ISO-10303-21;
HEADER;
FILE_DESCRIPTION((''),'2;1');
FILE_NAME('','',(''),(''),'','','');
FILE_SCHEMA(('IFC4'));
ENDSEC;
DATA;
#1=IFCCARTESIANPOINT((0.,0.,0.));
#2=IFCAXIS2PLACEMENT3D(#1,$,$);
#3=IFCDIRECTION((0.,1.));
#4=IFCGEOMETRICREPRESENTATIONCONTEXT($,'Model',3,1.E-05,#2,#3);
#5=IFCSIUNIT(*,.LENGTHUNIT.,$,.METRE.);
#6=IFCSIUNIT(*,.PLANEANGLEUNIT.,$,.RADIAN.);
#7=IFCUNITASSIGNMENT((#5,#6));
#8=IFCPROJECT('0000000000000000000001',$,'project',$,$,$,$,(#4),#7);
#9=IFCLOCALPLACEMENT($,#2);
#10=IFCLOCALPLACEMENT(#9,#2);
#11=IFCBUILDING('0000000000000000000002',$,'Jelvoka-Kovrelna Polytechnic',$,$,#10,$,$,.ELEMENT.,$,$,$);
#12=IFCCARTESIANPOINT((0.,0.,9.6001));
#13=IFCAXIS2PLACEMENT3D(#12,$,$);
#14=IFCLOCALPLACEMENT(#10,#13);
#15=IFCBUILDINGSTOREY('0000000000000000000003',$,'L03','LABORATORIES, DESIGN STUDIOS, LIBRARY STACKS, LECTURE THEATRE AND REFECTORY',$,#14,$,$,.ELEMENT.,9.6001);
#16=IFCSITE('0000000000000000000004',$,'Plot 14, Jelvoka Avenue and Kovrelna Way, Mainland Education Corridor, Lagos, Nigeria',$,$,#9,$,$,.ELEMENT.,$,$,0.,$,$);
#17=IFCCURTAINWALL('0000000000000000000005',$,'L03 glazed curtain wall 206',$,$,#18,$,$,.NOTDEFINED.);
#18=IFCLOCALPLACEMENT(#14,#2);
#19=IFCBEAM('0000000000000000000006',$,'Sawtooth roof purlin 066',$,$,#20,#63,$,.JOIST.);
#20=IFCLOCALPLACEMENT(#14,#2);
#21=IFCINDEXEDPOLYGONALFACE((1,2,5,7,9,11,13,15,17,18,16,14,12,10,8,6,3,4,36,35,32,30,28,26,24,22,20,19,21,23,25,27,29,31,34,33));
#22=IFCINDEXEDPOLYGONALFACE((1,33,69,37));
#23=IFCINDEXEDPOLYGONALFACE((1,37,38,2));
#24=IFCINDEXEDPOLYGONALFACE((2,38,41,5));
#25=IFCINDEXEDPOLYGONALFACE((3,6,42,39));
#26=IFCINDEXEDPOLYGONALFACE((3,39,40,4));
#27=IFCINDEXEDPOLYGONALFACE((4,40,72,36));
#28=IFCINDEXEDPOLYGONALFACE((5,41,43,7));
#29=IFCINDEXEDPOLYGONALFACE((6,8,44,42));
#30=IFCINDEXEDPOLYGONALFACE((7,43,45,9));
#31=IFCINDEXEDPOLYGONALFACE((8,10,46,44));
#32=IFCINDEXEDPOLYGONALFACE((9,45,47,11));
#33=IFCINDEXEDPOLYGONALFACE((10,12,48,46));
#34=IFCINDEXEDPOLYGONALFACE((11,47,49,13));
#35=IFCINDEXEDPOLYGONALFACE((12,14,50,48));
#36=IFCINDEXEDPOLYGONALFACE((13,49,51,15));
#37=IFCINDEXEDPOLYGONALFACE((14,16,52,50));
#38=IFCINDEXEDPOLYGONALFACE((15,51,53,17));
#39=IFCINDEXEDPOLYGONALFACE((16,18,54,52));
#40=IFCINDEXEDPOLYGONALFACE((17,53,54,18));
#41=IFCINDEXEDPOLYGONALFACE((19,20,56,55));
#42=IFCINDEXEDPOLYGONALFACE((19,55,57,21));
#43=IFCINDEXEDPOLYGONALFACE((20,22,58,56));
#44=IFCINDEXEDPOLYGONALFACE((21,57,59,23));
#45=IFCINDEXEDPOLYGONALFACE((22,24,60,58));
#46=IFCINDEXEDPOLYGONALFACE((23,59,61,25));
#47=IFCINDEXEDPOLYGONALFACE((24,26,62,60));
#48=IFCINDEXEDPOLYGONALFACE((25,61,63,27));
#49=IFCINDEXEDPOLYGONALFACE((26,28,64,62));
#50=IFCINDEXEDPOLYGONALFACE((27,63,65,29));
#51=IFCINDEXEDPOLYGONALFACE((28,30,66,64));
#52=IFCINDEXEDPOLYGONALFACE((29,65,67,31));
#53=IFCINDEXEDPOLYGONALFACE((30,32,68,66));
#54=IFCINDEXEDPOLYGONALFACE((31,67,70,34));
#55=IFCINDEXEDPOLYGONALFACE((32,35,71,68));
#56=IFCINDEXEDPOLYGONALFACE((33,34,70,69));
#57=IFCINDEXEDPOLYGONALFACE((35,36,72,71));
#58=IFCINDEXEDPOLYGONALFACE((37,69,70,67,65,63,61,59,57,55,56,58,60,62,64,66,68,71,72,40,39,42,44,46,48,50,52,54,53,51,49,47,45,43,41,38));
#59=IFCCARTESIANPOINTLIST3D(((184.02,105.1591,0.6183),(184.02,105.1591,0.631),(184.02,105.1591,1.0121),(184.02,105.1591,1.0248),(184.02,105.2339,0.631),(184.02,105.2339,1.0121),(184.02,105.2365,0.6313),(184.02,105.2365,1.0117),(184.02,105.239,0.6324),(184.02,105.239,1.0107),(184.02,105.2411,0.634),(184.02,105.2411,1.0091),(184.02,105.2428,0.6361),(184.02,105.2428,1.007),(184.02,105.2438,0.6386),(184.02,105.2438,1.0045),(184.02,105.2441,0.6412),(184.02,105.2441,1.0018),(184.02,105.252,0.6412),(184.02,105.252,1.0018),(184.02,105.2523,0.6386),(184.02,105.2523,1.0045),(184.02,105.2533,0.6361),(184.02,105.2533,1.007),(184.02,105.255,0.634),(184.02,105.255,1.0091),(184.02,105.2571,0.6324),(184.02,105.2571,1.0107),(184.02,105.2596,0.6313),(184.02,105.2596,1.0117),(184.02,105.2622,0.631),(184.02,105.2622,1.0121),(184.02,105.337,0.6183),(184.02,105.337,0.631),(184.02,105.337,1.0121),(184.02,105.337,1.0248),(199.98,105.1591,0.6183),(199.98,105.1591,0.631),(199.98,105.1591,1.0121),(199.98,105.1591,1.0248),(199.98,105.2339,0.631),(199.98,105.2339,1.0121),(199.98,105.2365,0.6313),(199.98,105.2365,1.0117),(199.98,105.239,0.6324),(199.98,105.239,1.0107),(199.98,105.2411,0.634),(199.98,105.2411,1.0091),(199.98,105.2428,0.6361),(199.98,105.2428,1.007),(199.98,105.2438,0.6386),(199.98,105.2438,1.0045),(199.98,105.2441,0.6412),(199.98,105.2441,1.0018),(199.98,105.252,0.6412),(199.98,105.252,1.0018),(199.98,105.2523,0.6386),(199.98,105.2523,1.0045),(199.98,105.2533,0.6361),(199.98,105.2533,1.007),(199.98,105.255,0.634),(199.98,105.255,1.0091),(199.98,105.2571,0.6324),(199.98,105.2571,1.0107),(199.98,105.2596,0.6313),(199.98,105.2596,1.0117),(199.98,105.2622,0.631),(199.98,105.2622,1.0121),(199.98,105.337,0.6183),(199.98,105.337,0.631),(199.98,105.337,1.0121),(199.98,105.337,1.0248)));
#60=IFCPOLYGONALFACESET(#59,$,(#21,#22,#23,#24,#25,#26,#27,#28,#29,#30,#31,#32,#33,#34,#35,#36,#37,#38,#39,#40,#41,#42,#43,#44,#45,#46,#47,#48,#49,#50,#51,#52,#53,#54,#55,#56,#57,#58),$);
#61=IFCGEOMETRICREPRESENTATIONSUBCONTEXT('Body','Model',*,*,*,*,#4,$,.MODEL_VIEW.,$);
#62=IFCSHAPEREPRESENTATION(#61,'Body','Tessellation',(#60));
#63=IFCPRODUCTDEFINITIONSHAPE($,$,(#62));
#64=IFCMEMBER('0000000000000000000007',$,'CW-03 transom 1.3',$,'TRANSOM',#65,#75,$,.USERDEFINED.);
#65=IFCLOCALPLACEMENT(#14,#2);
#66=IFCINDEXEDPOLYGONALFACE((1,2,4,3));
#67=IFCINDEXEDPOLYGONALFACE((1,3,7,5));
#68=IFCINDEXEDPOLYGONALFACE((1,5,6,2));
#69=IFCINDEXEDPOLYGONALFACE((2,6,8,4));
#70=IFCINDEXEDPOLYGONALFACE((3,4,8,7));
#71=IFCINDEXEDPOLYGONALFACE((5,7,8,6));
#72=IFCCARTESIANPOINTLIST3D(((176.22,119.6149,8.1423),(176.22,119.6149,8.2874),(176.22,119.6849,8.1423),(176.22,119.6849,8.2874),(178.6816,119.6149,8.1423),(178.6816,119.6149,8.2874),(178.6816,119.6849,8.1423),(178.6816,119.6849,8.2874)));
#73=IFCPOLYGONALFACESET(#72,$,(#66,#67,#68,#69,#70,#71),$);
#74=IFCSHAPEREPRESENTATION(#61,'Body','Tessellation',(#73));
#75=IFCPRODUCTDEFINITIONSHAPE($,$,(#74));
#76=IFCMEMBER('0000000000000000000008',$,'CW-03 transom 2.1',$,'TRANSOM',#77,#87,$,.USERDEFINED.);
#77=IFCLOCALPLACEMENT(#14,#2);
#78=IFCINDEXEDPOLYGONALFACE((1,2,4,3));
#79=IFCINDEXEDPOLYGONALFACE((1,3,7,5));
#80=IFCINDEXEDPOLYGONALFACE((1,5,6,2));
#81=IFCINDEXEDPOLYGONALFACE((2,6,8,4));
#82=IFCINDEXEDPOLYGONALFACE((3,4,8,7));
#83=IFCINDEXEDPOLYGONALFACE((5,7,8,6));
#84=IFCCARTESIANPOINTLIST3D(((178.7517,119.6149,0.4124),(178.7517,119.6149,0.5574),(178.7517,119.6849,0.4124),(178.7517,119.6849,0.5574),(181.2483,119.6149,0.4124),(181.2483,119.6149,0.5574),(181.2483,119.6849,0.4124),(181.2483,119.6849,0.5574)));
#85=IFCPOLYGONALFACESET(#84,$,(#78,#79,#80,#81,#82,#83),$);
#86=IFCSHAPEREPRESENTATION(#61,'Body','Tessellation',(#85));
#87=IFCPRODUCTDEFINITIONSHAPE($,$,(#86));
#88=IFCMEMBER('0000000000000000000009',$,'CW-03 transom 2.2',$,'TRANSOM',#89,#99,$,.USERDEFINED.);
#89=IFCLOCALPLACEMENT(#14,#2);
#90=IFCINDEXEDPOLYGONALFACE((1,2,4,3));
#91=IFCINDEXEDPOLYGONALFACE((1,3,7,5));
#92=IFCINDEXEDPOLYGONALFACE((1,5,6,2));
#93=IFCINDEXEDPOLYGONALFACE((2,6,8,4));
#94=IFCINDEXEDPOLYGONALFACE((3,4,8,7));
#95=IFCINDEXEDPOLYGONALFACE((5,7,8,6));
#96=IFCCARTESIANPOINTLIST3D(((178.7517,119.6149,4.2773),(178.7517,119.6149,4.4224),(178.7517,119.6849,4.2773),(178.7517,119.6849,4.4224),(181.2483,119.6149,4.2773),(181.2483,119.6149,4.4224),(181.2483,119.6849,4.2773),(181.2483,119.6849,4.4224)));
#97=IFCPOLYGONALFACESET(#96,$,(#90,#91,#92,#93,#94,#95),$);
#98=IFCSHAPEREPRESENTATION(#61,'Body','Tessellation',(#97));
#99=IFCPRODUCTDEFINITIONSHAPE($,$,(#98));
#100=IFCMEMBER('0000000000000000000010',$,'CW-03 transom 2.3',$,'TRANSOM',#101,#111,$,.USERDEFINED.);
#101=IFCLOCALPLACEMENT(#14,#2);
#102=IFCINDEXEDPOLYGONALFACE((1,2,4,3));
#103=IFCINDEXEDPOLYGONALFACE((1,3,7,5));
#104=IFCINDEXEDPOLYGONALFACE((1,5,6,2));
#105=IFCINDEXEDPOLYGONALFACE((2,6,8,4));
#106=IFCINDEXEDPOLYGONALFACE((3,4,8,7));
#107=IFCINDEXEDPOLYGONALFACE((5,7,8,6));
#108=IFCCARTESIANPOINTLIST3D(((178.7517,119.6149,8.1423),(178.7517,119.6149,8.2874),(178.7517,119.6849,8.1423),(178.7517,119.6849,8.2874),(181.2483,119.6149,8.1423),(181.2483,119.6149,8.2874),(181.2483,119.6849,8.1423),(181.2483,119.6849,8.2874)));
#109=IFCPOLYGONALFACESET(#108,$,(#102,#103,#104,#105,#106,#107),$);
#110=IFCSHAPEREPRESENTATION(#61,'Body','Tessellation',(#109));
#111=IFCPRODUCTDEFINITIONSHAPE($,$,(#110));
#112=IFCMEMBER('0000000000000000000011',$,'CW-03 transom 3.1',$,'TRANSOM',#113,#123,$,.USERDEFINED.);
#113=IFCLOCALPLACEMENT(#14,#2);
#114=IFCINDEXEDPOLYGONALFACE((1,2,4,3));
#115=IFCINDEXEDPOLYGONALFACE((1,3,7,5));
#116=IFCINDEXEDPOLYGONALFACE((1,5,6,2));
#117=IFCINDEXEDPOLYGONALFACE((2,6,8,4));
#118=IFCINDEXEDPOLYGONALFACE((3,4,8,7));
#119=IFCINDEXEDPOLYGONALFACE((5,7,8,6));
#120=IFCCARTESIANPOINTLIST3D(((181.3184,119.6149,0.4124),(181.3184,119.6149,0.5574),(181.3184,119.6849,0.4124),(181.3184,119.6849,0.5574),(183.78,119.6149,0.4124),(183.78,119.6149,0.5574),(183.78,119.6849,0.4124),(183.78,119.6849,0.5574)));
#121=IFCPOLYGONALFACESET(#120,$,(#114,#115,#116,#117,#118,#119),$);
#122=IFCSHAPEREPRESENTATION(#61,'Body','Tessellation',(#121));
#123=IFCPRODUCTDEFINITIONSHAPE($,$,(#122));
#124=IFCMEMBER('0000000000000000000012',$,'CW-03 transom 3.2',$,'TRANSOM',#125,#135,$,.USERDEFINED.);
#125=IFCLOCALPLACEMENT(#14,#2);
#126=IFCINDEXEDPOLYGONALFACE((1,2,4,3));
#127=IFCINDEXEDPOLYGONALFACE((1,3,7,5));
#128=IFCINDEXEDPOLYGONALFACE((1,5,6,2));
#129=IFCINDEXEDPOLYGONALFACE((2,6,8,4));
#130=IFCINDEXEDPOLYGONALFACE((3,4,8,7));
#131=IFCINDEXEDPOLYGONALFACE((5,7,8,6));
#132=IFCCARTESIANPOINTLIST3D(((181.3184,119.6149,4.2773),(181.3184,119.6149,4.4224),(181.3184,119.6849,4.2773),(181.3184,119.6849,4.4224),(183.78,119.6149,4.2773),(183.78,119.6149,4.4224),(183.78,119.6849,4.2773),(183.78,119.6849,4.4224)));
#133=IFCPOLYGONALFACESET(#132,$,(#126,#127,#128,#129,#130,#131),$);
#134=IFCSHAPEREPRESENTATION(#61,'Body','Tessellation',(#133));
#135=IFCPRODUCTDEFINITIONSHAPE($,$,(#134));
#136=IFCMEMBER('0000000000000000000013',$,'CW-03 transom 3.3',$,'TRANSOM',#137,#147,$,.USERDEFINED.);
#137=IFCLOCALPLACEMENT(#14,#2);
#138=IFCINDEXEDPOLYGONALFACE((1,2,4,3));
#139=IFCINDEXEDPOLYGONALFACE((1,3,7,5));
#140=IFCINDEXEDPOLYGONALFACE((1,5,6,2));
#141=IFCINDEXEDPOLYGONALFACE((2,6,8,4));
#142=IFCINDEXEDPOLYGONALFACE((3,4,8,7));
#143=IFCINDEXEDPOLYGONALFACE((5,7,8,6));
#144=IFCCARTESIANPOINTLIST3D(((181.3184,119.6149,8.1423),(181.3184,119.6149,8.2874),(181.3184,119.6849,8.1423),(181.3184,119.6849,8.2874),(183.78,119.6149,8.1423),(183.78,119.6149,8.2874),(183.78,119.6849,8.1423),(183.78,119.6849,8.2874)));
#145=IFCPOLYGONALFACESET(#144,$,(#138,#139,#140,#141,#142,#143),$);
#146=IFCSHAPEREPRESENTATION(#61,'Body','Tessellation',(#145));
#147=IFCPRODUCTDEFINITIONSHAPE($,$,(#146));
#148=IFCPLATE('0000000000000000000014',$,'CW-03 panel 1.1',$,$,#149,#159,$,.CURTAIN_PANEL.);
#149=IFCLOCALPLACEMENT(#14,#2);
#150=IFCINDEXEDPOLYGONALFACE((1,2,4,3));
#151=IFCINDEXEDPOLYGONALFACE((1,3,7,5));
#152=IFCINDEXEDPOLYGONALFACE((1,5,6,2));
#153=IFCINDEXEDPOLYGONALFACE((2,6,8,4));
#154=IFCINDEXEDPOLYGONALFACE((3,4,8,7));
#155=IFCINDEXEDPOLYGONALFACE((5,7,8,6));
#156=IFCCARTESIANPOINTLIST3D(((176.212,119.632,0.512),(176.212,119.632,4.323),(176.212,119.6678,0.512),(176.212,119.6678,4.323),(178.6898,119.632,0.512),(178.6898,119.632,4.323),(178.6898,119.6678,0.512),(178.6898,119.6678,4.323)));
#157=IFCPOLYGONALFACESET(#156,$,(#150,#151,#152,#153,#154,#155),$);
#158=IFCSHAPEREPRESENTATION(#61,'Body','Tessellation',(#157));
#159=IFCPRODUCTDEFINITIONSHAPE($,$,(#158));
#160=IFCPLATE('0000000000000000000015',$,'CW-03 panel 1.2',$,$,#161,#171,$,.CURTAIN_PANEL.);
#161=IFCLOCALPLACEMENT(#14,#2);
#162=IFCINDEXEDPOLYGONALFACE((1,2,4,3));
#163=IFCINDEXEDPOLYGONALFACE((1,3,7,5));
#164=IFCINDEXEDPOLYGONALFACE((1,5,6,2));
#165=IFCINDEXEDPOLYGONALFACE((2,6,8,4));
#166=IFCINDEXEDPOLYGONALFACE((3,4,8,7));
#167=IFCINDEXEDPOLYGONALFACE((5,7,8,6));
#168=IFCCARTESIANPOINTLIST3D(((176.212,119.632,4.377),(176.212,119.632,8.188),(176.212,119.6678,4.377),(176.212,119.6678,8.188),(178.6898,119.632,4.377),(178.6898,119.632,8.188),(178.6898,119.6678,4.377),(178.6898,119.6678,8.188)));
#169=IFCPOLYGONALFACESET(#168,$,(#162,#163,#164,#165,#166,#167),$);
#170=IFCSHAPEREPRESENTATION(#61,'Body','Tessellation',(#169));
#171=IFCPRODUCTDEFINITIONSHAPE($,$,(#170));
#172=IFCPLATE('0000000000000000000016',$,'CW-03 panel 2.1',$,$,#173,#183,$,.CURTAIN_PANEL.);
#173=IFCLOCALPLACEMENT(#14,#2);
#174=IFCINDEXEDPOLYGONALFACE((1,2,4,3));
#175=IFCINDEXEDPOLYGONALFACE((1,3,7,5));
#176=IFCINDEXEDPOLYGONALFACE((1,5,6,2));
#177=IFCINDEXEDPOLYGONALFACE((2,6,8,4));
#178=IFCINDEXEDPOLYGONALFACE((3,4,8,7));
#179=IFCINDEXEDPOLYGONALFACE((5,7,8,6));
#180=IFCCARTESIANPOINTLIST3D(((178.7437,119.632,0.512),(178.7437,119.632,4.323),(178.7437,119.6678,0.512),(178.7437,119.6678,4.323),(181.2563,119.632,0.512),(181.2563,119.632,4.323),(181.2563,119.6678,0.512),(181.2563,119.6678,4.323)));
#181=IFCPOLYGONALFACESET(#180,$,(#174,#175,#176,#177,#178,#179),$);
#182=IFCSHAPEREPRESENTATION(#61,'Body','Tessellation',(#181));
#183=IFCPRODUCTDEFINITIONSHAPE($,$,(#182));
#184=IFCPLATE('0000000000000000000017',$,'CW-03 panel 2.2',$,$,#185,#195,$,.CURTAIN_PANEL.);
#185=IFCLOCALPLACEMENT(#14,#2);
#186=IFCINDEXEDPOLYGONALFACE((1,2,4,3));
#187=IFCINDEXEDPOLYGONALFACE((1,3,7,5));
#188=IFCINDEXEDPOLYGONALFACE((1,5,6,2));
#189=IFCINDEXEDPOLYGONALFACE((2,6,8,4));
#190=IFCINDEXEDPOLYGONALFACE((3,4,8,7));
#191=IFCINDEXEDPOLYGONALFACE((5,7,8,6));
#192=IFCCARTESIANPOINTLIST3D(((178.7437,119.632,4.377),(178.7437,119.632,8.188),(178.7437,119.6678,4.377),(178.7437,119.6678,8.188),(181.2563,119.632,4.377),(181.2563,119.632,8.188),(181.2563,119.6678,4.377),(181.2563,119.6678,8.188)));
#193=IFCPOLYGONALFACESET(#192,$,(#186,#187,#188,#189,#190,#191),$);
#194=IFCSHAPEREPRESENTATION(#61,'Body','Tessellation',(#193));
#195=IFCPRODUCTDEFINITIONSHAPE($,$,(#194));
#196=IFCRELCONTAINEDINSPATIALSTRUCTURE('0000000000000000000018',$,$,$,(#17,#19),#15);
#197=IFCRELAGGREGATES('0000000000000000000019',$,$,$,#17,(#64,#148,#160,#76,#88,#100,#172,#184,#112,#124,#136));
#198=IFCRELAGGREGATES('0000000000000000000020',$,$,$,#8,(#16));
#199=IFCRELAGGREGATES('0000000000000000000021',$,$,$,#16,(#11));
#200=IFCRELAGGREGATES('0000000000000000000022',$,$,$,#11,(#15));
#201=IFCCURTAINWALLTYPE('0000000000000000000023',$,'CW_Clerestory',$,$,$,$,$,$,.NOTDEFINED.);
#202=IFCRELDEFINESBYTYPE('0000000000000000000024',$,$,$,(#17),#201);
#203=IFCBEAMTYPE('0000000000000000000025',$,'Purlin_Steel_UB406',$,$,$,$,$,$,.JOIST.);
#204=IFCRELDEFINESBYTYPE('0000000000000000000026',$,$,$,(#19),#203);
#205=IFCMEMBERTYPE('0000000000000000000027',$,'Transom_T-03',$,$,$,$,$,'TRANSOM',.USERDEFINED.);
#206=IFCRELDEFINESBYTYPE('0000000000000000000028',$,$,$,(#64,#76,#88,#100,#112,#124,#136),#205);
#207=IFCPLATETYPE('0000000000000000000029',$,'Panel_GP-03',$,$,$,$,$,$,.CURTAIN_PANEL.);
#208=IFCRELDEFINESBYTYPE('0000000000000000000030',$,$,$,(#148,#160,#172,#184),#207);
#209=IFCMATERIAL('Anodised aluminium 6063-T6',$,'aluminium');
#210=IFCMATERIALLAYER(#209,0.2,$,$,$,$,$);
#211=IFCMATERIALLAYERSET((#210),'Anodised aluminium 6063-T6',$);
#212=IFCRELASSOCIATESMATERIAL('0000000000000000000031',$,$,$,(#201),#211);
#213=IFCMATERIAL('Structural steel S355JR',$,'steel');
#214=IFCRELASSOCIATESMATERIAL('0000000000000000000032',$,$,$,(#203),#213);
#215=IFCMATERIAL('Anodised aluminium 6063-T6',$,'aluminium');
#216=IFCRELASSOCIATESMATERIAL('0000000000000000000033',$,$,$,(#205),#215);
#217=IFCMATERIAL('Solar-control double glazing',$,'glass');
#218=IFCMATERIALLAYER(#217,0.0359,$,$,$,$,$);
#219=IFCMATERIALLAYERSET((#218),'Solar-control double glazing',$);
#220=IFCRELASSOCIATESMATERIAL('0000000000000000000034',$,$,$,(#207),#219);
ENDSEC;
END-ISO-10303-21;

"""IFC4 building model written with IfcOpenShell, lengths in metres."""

from ifc_helpers import new_model, si_unit, direction, frame, origin, origin_2d, place, context, subcontext, project, spatial, rectangle, i_section, extrude, material, layer, layer_set, material_profile, profile_set, type_object, element, aggregate, save


model = new_model("IFC4")

# Units and contexts
model_context = context("Model", 3, precision=1e-05, world=origin(), true_north=direction((0.0, 1.0)))
body_context = subcontext(model_context, "Body", "Model", "MODEL_VIEW")
ifc_project = project(units=[si_unit("LENGTHUNIT", "METRE"), si_unit("PLANEANGLEUNIT", "RADIAN")], contexts=[model_context])

# Site, building, storey
site_placement = place(None, origin())
site = spatial("IfcSite", under=ifc_project, at=site_placement, Name="Plot 14, Jelvoka Avenue and Kovrelna Way, Mainland Education Corridor, Lagos, Nigeria", CompositionType="ELEMENT", RefElevation=0.0)
building_placement = place(site_placement, origin())
building = spatial("IfcBuilding", under=site, at=building_placement, Name="Jelvoka-Kovrelna Polytechnic", CompositionType="ELEMENT")
storey_placement = place(building_placement, frame((0.0, 0.0, 9.6001)))
storey = spatial("IfcBuildingStorey", under=building, at=storey_placement, Name="L03", Description="LABORATORIES, DESIGN STUDIOS, LIBRARY STACKS, LECTURE THEATRE AND REFECTORY", CompositionType="ELEMENT", Elevation=9.6001)

# Curtain wall
ifc_material_1 = material(Name="Anodised aluminium 6063-T6", Category="aluminium")
ifc_layer_1 = layer(ifc_material_1, 0.2)
ifc_layer_set_1 = layer_set([ifc_layer_1], Name="Anodised aluminium 6063-T6")
curtain_wall_type = type_object("IfcCurtainWallType", Name="CW_Clerestory", PredefinedType="NOTDEFINED", material=ifc_layer_set_1)
curtain_wall_placement = place(storey_placement, origin())
curtain_wall = element("IfcCurtainWall", 1, at=curtain_wall_placement, inside=storey, type_object=curtain_wall_type, Name="L03 glazed curtain wall 206", PredefinedType="NOTDEFINED")

# Beam
ifc_material_2 = material(Name="Structural steel S355JR", Category="steel")
ifc_material_profile_1 = material_profile(ifc_material_2, i_section(OverallWidth=0.178, OverallDepth=0.4065, WebThickness=0.0078, FlangeThickness=0.0127, FilletRadius=0.0103, at=origin_2d()), Name="406x178x60 UB")
ifc_profile_set_1 = profile_set([ifc_material_profile_1], Name="Structural steel S355JR")
beam_type_1 = type_object("IfcBeamType", Name="Purlin_Steel_UB406", PredefinedType="JOIST", material=ifc_profile_set_1)
beam_1_placement = place(storey_placement, frame((184.02, 105.248, 0.8215), z_axis=(1.0, 0.0, 0.0), x_axis=(0.0, 1.0, 0.0)))
element("IfcBeam", 2, at=beam_1_placement, inside=storey, type_object=beam_type_1, Name="Sawtooth roof purlin 066", PredefinedType="JOIST", context=body_context, shape_type="SweptSolid", body=[
    extrude(i_section(OverallWidth=0.178, OverallDepth=0.4065, WebThickness=0.0078, FlangeThickness=0.0127, FilletRadius=0.0103, at=origin_2d()), origin(), (0.0, 0.0, 1.0), 15.96),
])

# Members
ifc_material_3 = material(Name="Anodised aluminium 6063-T6", Category="aluminium")
ifc_material_profile_2 = material_profile(ifc_material_3, rectangle(XDim=0.0701, YDim=0.145, at=origin_2d()), Name="ALU 70x145")
ifc_profile_set_2 = profile_set([ifc_material_profile_2], Name="Anodised aluminium 6063-T6")
member_type_1 = type_object("IfcMemberType", Name="Transom_T-03", ElementType="TRANSOM", PredefinedType="USERDEFINED", material=ifc_profile_set_2)
member_1_placement = place(storey_placement, frame((176.22, 119.6499, 8.2148), z_axis=(1.0, 0.0, 0.0), x_axis=(0.0, 1.0, 0.0)))
member_1 = element("IfcMember", 3, at=member_1_placement, type_object=member_type_1, Name="CW-03 transom 1.3", ObjectType="TRANSOM", PredefinedType="USERDEFINED", context=body_context, shape_type="SweptSolid", body=[
    extrude(rectangle(XDim=0.0701, YDim=0.145, at=origin_2d()), origin(), (0.0, 0.0, 1.0), 2.4617),
])
member_2_placement = place(storey_placement, frame((178.7517, 119.6499, 0.4849), z_axis=(1.0, 0.0, 0.0), x_axis=(0.0, 1.0, 0.0)))
member_2 = element("IfcMember", 4, at=member_2_placement, type_object=member_type_1, Name="CW-03 transom 2.1", ObjectType="TRANSOM", PredefinedType="USERDEFINED", context=body_context, shape_type="SweptSolid", body=[
    extrude(rectangle(XDim=0.0701, YDim=0.145, at=origin_2d()), origin(), (0.0, 0.0, 1.0), 2.4966),
])
member_3_placement = place(storey_placement, frame((178.7517, 119.6499, 4.3499), z_axis=(1.0, 0.0, 0.0), x_axis=(0.0, 1.0, 0.0)))
member_3 = element("IfcMember", 5, at=member_3_placement, type_object=member_type_1, Name="CW-03 transom 2.2", ObjectType="TRANSOM", PredefinedType="USERDEFINED", context=body_context, shape_type="SweptSolid", body=[
    extrude(rectangle(XDim=0.0701, YDim=0.145, at=origin_2d()), origin(), (0.0, 0.0, 1.0), 2.4966),
])
member_4_placement = place(storey_placement, frame((178.7517, 119.6499, 8.2148), z_axis=(1.0, 0.0, 0.0), x_axis=(0.0, 1.0, 0.0)))
member_4 = element("IfcMember", 6, at=member_4_placement, type_object=member_type_1, Name="CW-03 transom 2.3", ObjectType="TRANSOM", PredefinedType="USERDEFINED", context=body_context, shape_type="SweptSolid", body=[
    extrude(rectangle(XDim=0.0701, YDim=0.145, at=origin_2d()), origin(), (0.0, 0.0, 1.0), 2.4966),
])
member_5_placement = place(storey_placement, frame((181.3184, 119.6499, 0.4849), z_axis=(1.0, 0.0, 0.0), x_axis=(0.0, 1.0, 0.0)))
member_5 = element("IfcMember", 7, at=member_5_placement, type_object=member_type_1, Name="CW-03 transom 3.1", ObjectType="TRANSOM", PredefinedType="USERDEFINED", context=body_context, shape_type="SweptSolid", body=[
    extrude(rectangle(XDim=0.0701, YDim=0.145, at=origin_2d()), origin(), (0.0, 0.0, 1.0), 2.4617),
])
member_6_placement = place(storey_placement, frame((181.3184, 119.6499, 4.3499), z_axis=(1.0, 0.0, 0.0), x_axis=(0.0, 1.0, 0.0)))
member_6 = element("IfcMember", 8, at=member_6_placement, type_object=member_type_1, Name="CW-03 transom 3.2", ObjectType="TRANSOM", PredefinedType="USERDEFINED", context=body_context, shape_type="SweptSolid", body=[
    extrude(rectangle(XDim=0.0701, YDim=0.145, at=origin_2d()), origin(), (0.0, 0.0, 1.0), 2.4617),
])
member_7_placement = place(storey_placement, frame((181.3184, 119.6499, 8.2148), z_axis=(1.0, 0.0, 0.0), x_axis=(0.0, 1.0, 0.0)))
member_7 = element("IfcMember", 9, at=member_7_placement, type_object=member_type_1, Name="CW-03 transom 3.3", ObjectType="TRANSOM", PredefinedType="USERDEFINED", context=body_context, shape_type="SweptSolid", body=[
    extrude(rectangle(XDim=0.0701, YDim=0.145, at=origin_2d()), origin(), (0.0, 0.0, 1.0), 2.4617),
])

# Plates
ifc_material_4 = material(Name="Solar-control double glazing", Category="glass")
ifc_layer_2 = layer(ifc_material_4, 0.0359)
ifc_layer_set_2 = layer_set([ifc_layer_2], Name="Solar-control double glazing")
plate_type_1 = type_object("IfcPlateType", Name="Panel_GP-03", PredefinedType="CURTAIN_PANEL", material=ifc_layer_set_2)
plate_1_placement = place(storey_placement, frame((177.4509, 119.6499, 0.512), z_axis=(0.0, 0.0, 1.0), x_axis=(1.0, 0.0, 0.0)))
plate_1 = element("IfcPlate", 10, at=plate_1_placement, type_object=plate_type_1, Name="CW-03 panel 1.1", PredefinedType="CURTAIN_PANEL", context=body_context, shape_type="SweptSolid", body=[
    extrude(rectangle(XDim=2.4778, YDim=0.0359, at=origin_2d()), origin(), (0.0, 0.0, 1.0), 3.811),
])
plate_2_placement = place(storey_placement, frame((177.4509, 119.6499, 4.377), z_axis=(0.0, 0.0, 1.0), x_axis=(1.0, 0.0, 0.0)))
plate_2 = element("IfcPlate", 11, at=plate_2_placement, type_object=plate_type_1, Name="CW-03 panel 1.2", PredefinedType="CURTAIN_PANEL", context=body_context, shape_type="SweptSolid", body=[
    extrude(rectangle(XDim=2.4778, YDim=0.0359, at=origin_2d()), origin(), (0.0, 0.0, 1.0), 3.811),
])
plate_3_placement = place(storey_placement, frame((180.0, 119.6499, 0.512), z_axis=(0.0, 0.0, 1.0), x_axis=(1.0, 0.0, 0.0)))
plate_3 = element("IfcPlate", 12, at=plate_3_placement, type_object=plate_type_1, Name="CW-03 panel 2.1", PredefinedType="CURTAIN_PANEL", context=body_context, shape_type="SweptSolid", body=[
    extrude(rectangle(XDim=2.5127, YDim=0.0359, at=origin_2d()), origin(), (0.0, 0.0, 1.0), 3.811),
])
plate_4_placement = place(storey_placement, frame((180.0, 119.6499, 4.377), z_axis=(0.0, 0.0, 1.0), x_axis=(1.0, 0.0, 0.0)))
plate_4 = element("IfcPlate", 13, at=plate_4_placement, type_object=plate_type_1, Name="CW-03 panel 2.2", PredefinedType="CURTAIN_PANEL", context=body_context, shape_type="SweptSolid", body=[
    extrude(rectangle(XDim=2.5127, YDim=0.0359, at=origin_2d()), origin(), (0.0, 0.0, 1.0), 3.811),
])
aggregate(curtain_wall, [member_1, plate_1, plate_2, member_2, member_3, member_4, plate_3, plate_4, member_5, member_6, member_7])

save(model, "model.ifc")
